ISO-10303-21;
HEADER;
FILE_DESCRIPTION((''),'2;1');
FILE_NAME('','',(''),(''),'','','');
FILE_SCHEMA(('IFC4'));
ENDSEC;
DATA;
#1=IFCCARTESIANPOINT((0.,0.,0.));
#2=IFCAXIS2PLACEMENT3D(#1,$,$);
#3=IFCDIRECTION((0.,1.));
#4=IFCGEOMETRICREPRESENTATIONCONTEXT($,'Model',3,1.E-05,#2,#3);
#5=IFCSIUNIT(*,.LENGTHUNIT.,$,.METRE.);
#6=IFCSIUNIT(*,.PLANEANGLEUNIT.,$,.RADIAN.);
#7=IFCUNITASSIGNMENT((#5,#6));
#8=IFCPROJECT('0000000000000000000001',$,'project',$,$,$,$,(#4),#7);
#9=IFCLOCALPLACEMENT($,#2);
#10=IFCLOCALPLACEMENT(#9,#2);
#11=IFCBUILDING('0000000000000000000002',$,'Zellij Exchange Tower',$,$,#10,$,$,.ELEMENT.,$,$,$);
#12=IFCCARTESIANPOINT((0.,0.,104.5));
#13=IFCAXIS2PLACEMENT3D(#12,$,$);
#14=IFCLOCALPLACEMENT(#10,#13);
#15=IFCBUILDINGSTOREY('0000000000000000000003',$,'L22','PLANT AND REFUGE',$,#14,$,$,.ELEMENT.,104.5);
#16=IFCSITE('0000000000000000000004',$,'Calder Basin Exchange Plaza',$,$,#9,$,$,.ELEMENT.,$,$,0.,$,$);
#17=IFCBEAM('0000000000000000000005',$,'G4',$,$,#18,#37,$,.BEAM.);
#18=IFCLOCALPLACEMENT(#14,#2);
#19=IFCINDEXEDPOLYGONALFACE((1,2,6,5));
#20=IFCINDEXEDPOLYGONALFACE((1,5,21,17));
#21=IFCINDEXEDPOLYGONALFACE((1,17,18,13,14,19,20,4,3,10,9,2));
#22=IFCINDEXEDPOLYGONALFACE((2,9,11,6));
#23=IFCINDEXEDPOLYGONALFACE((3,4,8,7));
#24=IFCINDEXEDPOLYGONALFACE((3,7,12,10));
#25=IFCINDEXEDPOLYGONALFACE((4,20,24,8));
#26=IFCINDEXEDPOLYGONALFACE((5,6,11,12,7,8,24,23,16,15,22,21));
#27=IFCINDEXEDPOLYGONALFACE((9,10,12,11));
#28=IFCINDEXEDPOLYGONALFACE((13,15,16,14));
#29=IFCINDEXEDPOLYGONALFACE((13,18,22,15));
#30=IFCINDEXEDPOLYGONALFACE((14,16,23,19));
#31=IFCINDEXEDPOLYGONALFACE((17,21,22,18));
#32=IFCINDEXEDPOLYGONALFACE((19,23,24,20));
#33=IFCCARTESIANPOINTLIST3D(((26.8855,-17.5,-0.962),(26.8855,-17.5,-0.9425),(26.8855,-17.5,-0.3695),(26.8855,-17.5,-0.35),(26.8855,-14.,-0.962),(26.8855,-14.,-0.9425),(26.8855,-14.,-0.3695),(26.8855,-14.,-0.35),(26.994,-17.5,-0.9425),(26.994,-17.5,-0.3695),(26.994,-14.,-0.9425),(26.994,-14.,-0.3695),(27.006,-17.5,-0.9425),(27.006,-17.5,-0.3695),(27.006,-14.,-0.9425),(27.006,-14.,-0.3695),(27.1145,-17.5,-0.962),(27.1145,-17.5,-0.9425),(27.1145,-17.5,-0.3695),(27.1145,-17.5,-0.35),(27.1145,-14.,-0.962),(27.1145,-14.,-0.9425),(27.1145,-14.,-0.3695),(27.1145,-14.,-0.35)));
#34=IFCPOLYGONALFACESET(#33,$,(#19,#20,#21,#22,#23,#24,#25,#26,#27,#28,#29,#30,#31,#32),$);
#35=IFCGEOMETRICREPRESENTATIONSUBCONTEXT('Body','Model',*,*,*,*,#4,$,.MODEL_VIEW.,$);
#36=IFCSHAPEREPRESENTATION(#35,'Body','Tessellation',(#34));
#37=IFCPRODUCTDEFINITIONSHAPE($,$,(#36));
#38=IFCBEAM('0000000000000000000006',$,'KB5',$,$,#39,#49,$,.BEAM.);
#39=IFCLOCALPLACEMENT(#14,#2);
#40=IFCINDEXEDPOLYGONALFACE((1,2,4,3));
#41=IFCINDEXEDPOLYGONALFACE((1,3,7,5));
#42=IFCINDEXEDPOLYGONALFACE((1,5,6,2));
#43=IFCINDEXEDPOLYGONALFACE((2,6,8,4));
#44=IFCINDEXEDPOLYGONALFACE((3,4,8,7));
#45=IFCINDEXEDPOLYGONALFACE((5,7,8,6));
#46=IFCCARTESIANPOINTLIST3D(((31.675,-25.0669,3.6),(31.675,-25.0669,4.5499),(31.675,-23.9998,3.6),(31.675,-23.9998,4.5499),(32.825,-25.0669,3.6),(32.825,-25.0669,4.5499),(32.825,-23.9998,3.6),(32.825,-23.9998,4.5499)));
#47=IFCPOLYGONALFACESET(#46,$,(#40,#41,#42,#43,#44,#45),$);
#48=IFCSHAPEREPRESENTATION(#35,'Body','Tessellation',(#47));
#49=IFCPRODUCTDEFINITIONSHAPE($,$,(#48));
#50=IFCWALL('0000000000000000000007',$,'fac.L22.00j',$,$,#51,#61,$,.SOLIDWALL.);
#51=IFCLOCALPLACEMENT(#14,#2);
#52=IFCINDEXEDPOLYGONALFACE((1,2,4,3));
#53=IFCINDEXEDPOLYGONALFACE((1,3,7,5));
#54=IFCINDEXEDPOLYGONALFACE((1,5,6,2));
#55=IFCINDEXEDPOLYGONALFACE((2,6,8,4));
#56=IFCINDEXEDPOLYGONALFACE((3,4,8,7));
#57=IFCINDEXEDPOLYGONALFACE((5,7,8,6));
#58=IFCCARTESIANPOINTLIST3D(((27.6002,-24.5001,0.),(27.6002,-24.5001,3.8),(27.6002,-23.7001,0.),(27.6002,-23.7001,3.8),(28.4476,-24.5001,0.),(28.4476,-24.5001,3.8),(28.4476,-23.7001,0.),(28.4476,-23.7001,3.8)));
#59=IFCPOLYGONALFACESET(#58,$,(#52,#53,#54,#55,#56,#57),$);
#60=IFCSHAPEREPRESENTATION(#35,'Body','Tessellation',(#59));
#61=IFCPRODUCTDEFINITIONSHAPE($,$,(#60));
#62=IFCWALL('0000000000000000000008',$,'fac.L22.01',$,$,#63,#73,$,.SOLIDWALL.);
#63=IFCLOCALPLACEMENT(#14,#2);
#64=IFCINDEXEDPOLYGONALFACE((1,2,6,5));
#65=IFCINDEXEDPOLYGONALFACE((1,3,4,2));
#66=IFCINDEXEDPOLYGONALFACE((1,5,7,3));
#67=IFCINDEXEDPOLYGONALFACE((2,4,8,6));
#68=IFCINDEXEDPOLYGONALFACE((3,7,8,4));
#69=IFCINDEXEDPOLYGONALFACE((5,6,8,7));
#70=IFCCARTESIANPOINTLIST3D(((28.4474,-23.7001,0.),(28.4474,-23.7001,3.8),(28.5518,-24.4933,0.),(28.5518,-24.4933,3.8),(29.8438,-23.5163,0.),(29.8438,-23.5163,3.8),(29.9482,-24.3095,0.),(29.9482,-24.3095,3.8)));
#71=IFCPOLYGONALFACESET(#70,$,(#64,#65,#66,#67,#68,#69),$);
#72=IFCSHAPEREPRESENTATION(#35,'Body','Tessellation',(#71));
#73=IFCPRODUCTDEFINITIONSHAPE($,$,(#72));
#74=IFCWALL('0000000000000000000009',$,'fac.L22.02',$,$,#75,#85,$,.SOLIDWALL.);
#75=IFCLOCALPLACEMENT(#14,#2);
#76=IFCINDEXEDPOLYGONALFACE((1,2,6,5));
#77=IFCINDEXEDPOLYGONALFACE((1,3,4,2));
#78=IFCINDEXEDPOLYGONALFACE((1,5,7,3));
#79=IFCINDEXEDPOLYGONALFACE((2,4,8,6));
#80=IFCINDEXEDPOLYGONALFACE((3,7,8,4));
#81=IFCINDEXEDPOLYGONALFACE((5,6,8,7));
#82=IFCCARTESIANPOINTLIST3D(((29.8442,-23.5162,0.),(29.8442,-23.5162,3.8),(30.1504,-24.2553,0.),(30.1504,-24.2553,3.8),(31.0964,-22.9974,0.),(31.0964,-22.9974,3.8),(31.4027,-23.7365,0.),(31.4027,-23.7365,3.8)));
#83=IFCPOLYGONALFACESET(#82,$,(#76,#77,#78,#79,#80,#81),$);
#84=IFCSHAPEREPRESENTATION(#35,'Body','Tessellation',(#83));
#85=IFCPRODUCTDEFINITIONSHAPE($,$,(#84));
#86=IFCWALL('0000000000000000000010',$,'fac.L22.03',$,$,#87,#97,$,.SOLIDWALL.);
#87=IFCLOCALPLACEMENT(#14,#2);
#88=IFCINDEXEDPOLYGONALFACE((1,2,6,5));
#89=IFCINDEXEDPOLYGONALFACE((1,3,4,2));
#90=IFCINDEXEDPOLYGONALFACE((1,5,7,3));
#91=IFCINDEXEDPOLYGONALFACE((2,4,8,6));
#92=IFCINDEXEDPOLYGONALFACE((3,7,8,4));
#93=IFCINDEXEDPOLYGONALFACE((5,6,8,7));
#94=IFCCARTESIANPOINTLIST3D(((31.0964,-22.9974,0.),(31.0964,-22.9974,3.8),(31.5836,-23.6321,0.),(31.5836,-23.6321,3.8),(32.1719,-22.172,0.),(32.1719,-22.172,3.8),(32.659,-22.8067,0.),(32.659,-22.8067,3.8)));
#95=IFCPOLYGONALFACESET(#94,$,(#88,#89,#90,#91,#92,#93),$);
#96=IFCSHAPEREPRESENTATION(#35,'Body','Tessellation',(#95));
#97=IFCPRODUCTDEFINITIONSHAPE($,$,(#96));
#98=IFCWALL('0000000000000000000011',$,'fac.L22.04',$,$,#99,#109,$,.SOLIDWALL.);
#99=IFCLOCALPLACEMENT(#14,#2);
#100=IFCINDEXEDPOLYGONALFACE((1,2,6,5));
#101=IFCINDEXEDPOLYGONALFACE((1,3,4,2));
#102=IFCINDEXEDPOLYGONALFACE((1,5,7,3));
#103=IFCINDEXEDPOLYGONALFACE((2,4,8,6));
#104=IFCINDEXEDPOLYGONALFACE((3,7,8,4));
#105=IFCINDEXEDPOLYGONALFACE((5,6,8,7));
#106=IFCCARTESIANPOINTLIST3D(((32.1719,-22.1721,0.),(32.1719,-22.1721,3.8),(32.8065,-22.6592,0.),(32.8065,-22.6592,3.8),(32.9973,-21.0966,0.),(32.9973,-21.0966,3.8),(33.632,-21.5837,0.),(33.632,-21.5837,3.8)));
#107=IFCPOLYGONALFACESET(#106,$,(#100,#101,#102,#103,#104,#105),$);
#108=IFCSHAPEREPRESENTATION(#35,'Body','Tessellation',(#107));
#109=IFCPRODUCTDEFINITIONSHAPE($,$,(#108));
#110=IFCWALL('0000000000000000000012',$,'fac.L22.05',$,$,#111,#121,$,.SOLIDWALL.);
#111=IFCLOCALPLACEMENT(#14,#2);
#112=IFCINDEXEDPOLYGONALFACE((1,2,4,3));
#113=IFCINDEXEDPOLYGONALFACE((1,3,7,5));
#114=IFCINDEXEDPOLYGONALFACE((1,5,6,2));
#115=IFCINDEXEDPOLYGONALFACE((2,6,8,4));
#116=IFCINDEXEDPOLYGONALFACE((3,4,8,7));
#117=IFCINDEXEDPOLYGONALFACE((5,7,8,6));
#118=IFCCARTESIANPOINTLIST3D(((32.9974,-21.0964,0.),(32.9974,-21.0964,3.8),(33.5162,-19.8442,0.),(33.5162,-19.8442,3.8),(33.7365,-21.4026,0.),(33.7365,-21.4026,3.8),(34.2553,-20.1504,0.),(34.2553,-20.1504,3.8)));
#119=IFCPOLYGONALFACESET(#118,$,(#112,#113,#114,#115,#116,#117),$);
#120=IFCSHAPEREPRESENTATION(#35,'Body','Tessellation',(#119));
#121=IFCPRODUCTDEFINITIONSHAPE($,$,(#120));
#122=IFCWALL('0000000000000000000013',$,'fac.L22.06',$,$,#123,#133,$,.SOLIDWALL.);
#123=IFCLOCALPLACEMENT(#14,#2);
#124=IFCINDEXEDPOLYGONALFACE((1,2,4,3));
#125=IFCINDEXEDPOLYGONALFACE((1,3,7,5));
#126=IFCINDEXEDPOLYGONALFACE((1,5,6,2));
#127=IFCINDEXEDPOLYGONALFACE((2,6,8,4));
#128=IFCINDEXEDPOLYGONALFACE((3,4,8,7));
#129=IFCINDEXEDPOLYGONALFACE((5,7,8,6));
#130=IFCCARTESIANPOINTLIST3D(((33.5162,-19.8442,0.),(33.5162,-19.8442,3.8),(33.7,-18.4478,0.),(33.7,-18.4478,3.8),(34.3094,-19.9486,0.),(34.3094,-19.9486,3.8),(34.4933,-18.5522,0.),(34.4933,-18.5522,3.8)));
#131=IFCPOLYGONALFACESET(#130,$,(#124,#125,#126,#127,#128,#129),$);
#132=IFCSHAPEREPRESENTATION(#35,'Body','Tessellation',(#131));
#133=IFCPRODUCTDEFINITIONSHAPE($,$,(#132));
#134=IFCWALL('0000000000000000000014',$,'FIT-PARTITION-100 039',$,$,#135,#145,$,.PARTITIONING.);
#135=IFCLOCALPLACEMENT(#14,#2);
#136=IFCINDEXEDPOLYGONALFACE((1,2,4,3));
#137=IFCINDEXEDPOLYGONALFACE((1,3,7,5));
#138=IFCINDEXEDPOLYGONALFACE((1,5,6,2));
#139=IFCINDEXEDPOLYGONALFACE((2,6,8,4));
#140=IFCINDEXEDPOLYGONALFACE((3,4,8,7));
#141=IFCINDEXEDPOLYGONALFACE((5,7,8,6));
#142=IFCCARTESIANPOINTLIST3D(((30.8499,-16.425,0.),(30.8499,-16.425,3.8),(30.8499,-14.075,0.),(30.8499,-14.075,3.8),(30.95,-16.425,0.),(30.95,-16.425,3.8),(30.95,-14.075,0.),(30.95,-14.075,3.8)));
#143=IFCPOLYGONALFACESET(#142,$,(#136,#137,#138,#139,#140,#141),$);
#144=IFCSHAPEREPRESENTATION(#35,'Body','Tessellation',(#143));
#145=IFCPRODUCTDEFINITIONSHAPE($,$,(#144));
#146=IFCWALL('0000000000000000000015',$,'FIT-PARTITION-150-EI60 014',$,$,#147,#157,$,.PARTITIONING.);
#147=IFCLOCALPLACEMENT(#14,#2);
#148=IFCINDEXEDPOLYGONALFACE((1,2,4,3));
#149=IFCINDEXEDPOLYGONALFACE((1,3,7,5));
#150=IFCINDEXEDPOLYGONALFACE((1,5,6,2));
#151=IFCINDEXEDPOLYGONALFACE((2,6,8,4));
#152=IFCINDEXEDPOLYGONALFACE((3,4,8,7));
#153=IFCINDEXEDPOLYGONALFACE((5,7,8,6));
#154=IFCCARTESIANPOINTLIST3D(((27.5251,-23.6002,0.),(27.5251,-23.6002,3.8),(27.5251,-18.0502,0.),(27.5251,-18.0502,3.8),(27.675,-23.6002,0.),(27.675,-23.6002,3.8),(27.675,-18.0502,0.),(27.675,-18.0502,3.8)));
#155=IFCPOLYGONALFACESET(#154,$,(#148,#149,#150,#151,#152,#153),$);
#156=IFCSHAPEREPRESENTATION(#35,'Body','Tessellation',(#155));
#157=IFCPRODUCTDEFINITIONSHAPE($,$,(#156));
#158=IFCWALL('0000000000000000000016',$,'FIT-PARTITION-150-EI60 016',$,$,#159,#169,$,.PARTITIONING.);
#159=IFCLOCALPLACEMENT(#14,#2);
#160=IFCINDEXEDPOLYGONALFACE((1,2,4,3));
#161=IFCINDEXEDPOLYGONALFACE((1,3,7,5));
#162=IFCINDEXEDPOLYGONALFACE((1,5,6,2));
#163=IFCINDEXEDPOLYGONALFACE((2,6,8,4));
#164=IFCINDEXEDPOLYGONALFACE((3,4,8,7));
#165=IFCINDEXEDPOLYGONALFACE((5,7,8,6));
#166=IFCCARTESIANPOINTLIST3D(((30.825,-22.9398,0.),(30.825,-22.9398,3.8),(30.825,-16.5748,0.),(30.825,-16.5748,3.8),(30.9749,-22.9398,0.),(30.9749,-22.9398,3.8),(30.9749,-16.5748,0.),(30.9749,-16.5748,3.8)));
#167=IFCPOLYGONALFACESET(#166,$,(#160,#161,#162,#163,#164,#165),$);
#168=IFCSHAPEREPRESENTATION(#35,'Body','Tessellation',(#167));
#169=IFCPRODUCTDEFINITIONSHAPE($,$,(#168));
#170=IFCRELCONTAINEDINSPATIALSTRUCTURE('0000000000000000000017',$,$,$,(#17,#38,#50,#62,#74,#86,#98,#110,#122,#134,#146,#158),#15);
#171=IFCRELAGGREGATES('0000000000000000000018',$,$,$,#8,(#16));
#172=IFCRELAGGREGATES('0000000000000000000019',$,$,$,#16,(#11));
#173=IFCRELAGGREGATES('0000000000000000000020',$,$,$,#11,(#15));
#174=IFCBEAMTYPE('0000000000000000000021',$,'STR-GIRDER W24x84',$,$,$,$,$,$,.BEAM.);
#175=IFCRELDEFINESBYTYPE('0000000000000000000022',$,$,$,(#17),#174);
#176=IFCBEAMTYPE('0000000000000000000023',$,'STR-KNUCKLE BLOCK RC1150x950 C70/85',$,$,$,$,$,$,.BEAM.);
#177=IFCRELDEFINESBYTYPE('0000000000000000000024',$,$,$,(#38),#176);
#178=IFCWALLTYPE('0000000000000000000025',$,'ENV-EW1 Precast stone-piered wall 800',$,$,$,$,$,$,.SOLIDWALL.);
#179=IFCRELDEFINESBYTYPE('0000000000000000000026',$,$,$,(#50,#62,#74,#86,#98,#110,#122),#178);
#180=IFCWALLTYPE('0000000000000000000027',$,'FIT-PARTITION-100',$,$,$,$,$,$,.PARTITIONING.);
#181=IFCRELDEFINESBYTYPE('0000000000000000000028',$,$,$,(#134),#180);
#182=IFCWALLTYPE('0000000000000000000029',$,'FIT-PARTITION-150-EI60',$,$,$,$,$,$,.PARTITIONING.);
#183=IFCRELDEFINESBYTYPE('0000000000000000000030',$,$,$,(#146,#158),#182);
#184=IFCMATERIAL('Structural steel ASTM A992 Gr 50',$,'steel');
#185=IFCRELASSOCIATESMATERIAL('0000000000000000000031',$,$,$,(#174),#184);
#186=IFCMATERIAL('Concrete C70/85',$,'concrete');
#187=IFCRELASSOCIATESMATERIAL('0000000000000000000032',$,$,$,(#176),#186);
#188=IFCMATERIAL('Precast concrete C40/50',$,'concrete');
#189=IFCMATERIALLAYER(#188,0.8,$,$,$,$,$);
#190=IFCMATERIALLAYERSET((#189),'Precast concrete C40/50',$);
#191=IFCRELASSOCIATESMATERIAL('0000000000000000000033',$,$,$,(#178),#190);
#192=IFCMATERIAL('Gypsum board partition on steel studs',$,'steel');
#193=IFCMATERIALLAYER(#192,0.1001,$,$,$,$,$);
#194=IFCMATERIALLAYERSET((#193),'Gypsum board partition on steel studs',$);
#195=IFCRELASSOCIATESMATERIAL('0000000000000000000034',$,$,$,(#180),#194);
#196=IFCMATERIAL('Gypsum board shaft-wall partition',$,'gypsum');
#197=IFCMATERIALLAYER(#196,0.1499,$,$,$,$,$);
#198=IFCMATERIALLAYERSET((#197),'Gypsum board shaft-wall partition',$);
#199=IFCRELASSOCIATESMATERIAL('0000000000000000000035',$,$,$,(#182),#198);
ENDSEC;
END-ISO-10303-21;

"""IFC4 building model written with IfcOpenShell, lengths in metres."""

from ifc_helpers import new_model, si_unit, direction, frame, frame_2d, origin, origin_2d, place, context, subcontext, project, spatial, rectangle, i_section, extrude, material, layer, layer_set, material_profile, profile_set, type_object, element, save


model = new_model("IFC4")

# Units and contexts
model_context = context("Model", 3, precision=1e-05, world=origin(), true_north=direction((0.0, 1.0)))
body_context = subcontext(model_context, "Body", "Model", "MODEL_VIEW")
ifc_project = project(units=[si_unit("LENGTHUNIT", "METRE"), si_unit("PLANEANGLEUNIT", "RADIAN")], contexts=[model_context])

# Site, building, storey
site_placement = place(None, origin())
site = spatial("IfcSite", under=ifc_project, at=site_placement, Name="Calder Basin Exchange Plaza", CompositionType="ELEMENT", RefElevation=0.0)
building_placement = place(site_placement, origin())
building = spatial("IfcBuilding", under=site, at=building_placement, Name="Zellij Exchange Tower", CompositionType="ELEMENT")
storey_placement = place(building_placement, frame((0.0, 0.0, 104.5)))
storey = spatial("IfcBuildingStorey", under=building, at=storey_placement, Name="L22", Description="PLANT AND REFUGE", CompositionType="ELEMENT", Elevation=104.5)

# Shared definitions
ifc_material_1 = material(Name="Concrete C70/85", Category="concrete")

# Beams
ifc_material_2 = material(Name="Structural steel ASTM A992 Gr 50", Category="steel")
ifc_material_profile_1 = material_profile(ifc_material_2, i_section(OverallWidth=0.229, OverallDepth=0.6121, WebThickness=0.012, FlangeThickness=0.0195, at=origin_2d()), Name="W24x84")
ifc_profile_set_1 = profile_set([ifc_material_profile_1], Name="Structural steel ASTM A992 Gr 50")
beam_type_1 = type_object("IfcBeamType", Name="STR-GIRDER W24x84", PredefinedType="BEAM", material=ifc_profile_set_1)
beam_1_placement = place(storey_placement, frame((27.0, -17.5, -0.656), z_axis=(0.0, 1.0, 0.0), x_axis=(-1.0, 0.0, 0.0)))
element("IfcBeam", 1, at=beam_1_placement, inside=storey, type_object=beam_type_1, Name="G4", PredefinedType="BEAM", context=body_context, shape_type="SweptSolid", body=[
    extrude(i_section(OverallWidth=0.229, OverallDepth=0.6121, WebThickness=0.012, FlangeThickness=0.0195, at=origin_2d()), origin(), (0.0, 0.0, 1.0), 3.5),
])
ifc_material_profile_2 = material_profile(ifc_material_1, rectangle(XDim=1.1499, YDim=0.95, at=origin_2d()), Name="STR-KNUCKLE BLOCK RC1150x950 C70/85")
ifc_profile_set_2 = profile_set([ifc_material_profile_2], Name="Concrete C70/85")
beam_type_2 = type_object("IfcBeamType", Name="STR-KNUCKLE BLOCK RC1150x950 C70/85", PredefinedType="BEAM", material=ifc_profile_set_2)
beam_2_placement = place(storey_placement, frame((32.25, -25.0669, 4.075), z_axis=(0.0, 1.0, 0.0), x_axis=(-1.0, 0.0, 0.0)))
element("IfcBeam", 2, at=beam_2_placement, inside=storey, type_object=beam_type_2, Name="KB5", PredefinedType="BEAM", context=body_context, shape_type="SweptSolid", body=[
    extrude(rectangle(XDim=1.1499, YDim=0.95, at=origin_2d()), origin(), (0.0, 0.0, 1.0), 1.0671),
])

# Walls
ifc_material_3 = material(Name="Precast concrete C40/50", Category="concrete")
ifc_layer_1 = layer(ifc_material_3, 0.8)
ifc_layer_set_1 = layer_set([ifc_layer_1], Name="Precast concrete C40/50")
wall_type_1 = type_object("IfcWallType", Name="ENV-EW1 Precast stone-piered wall 800", PredefinedType="SOLIDWALL", material=ifc_layer_set_1)
wall_1_placement = place(storey_placement, frame((27.6001, -24.1001, 0.0), z_axis=(0.0, 0.0, 1.0), x_axis=(1.0, 0.0, 0.0)))
element("IfcWall", 3, at=wall_1_placement, inside=storey, type_object=wall_type_1, Name="fac.L22.00j", PredefinedType="SOLIDWALL", context=body_context, shape_type="SweptSolid", body=[
    extrude(rectangle(XDim=0.8474, YDim=0.8, at=frame_2d((0.4238, 0.0))), origin(), (0.0, 0.0, 1.0), 3.8),
])
wall_2_placement = place(storey_placement, frame((28.4998, -24.0967, 0.0), z_axis=(0.0, 0.0, 1.0), x_axis=(0.991446, 0.130517, 0.0)))
element("IfcWall", 4, at=wall_2_placement, inside=storey, type_object=wall_type_1, Name="fac.L22.01", PredefinedType="SOLIDWALL", context=body_context, shape_type="SweptSolid", body=[
    extrude(rectangle(XDim=1.4084, YDim=0.8, at=frame_2d((0.7041, 0.0))), origin(), (0.0, 0.0, 1.0), 3.8),
])
wall_3_placement = place(storey_placement, frame((29.9973, -23.8857, 0.0), z_axis=(0.0, 0.0, 1.0), x_axis=(0.923848, 0.38276, 0.0)))
element("IfcWall", 5, at=wall_3_placement, inside=storey, type_object=wall_type_1, Name="fac.L22.02", PredefinedType="SOLIDWALL", context=body_context, shape_type="SweptSolid", body=[
    extrude(rectangle(XDim=1.3555, YDim=0.8, at=frame_2d((0.6777, 0.0))), origin(), (0.0, 0.0, 1.0), 3.8),
])
for number, where, z_axis, x_axis, name in (
    (6, (31.3401, -23.3147, 0.0), (0.0, 0.0, 1.0), (0.793273, 0.608866, 0.0), "fac.L22.03"),
    (7, (32.4893, -22.4155, 0.0), (0.0, 0.0, 1.0), (0.608866, 0.793273, 0.0), "fac.L22.04"),
):
    element("IfcWall", number, at=place(storey_placement, frame(where, z_axis=z_axis, x_axis=x_axis)), inside=storey, type_object=wall_type_1, Name=name, PredefinedType="SOLIDWALL", context=body_context, shape_type="SweptSolid", body=[
        extrude(rectangle(XDim=1.3557, YDim=0.8, at=frame_2d((0.6777, 0.0))), origin(), (0.0, 0.0, 1.0), 3.8),
    ])
wall_4_placement = place(storey_placement, frame((33.3669, -21.2495, 0.0), z_axis=(0.0, 0.0, 1.0), x_axis=(0.38276, 0.923848, 0.0)))
element("IfcWall", 8, at=wall_4_placement, inside=storey, type_object=wall_type_1, Name="fac.L22.05", PredefinedType="SOLIDWALL", context=body_context, shape_type="SweptSolid", body=[
    extrude(rectangle(XDim=1.3555, YDim=0.8, at=frame_2d((0.6777, 0.0))), origin(), (0.0, 0.0, 1.0), 3.8),
])
wall_5_placement = place(storey_placement, frame((33.9128, -19.8962, 0.0), z_axis=(0.0, 0.0, 1.0), x_axis=(0.130517, 0.991446, 0.0)))
element("IfcWall", 9, at=wall_5_placement, inside=storey, type_object=wall_type_1, Name="fac.L22.06", PredefinedType="SOLIDWALL", context=body_context, shape_type="SweptSolid", body=[
    extrude(rectangle(XDim=1.4084, YDim=0.8, at=frame_2d((0.7041, 0.0))), origin(), (0.0, 0.0, 1.0), 3.8),
])
ifc_material_4 = material(Name="Gypsum board partition on steel studs", Category="steel")
ifc_layer_2 = layer(ifc_material_4, 0.1001)
ifc_layer_set_2 = layer_set([ifc_layer_2], Name="Gypsum board partition on steel studs")
wall_type_2 = type_object("IfcWallType", Name="FIT-PARTITION-100", PredefinedType="PARTITIONING", material=ifc_layer_set_2)
wall_6_placement = place(storey_placement, frame((30.8999, -16.425, 0.0), z_axis=(0.0, 0.0, 1.0), x_axis=(0.0, 1.0, 0.0)))
element("IfcWall", 10, at=wall_6_placement, inside=storey, type_object=wall_type_2, Name="FIT-PARTITION-100 039", PredefinedType="PARTITIONING", context=body_context, shape_type="SweptSolid", body=[
    extrude(rectangle(XDim=2.3501, YDim=0.1001, at=frame_2d((1.175, 0.0))), origin(), (0.0, 0.0, 1.0), 3.8),
])
ifc_material_5 = material(Name="Gypsum board shaft-wall partition", Category="gypsum")
ifc_layer_3 = layer(ifc_material_5, 0.1499)
ifc_layer_set_3 = layer_set([ifc_layer_3], Name="Gypsum board shaft-wall partition")
wall_type_3 = type_object("IfcWallType", Name="FIT-PARTITION-150-EI60", PredefinedType="PARTITIONING", material=ifc_layer_set_3)
wall_7_placement = place(storey_placement, frame((27.6001, -23.6001, 0.0), z_axis=(0.0, 0.0, 1.0), x_axis=(0.0, 1.0, 0.0)))
element("IfcWall", 11, at=wall_7_placement, inside=storey, type_object=wall_type_3, Name="FIT-PARTITION-150-EI60 014", PredefinedType="PARTITIONING", context=body_context, shape_type="SweptSolid", body=[
    extrude(rectangle(XDim=5.55, YDim=0.1499, at=frame_2d((2.7749, 0.0))), origin(), (0.0, 0.0, 1.0), 3.8),
])
wall_8_placement = place(storey_placement, frame((30.8999, -22.9399, 0.0), z_axis=(0.0, 0.0, 1.0), x_axis=(0.0, 1.0, 0.0)))
element("IfcWall", 12, at=wall_8_placement, inside=storey, type_object=wall_type_3, Name="FIT-PARTITION-150-EI60 016", PredefinedType="PARTITIONING", context=body_context, shape_type="SweptSolid", body=[
    extrude(rectangle(XDim=6.365, YDim=0.1499, at=frame_2d((3.1826, 0.0))), origin(), (0.0, 0.0, 1.0), 3.8),
])

save(model, "model.ifc")
